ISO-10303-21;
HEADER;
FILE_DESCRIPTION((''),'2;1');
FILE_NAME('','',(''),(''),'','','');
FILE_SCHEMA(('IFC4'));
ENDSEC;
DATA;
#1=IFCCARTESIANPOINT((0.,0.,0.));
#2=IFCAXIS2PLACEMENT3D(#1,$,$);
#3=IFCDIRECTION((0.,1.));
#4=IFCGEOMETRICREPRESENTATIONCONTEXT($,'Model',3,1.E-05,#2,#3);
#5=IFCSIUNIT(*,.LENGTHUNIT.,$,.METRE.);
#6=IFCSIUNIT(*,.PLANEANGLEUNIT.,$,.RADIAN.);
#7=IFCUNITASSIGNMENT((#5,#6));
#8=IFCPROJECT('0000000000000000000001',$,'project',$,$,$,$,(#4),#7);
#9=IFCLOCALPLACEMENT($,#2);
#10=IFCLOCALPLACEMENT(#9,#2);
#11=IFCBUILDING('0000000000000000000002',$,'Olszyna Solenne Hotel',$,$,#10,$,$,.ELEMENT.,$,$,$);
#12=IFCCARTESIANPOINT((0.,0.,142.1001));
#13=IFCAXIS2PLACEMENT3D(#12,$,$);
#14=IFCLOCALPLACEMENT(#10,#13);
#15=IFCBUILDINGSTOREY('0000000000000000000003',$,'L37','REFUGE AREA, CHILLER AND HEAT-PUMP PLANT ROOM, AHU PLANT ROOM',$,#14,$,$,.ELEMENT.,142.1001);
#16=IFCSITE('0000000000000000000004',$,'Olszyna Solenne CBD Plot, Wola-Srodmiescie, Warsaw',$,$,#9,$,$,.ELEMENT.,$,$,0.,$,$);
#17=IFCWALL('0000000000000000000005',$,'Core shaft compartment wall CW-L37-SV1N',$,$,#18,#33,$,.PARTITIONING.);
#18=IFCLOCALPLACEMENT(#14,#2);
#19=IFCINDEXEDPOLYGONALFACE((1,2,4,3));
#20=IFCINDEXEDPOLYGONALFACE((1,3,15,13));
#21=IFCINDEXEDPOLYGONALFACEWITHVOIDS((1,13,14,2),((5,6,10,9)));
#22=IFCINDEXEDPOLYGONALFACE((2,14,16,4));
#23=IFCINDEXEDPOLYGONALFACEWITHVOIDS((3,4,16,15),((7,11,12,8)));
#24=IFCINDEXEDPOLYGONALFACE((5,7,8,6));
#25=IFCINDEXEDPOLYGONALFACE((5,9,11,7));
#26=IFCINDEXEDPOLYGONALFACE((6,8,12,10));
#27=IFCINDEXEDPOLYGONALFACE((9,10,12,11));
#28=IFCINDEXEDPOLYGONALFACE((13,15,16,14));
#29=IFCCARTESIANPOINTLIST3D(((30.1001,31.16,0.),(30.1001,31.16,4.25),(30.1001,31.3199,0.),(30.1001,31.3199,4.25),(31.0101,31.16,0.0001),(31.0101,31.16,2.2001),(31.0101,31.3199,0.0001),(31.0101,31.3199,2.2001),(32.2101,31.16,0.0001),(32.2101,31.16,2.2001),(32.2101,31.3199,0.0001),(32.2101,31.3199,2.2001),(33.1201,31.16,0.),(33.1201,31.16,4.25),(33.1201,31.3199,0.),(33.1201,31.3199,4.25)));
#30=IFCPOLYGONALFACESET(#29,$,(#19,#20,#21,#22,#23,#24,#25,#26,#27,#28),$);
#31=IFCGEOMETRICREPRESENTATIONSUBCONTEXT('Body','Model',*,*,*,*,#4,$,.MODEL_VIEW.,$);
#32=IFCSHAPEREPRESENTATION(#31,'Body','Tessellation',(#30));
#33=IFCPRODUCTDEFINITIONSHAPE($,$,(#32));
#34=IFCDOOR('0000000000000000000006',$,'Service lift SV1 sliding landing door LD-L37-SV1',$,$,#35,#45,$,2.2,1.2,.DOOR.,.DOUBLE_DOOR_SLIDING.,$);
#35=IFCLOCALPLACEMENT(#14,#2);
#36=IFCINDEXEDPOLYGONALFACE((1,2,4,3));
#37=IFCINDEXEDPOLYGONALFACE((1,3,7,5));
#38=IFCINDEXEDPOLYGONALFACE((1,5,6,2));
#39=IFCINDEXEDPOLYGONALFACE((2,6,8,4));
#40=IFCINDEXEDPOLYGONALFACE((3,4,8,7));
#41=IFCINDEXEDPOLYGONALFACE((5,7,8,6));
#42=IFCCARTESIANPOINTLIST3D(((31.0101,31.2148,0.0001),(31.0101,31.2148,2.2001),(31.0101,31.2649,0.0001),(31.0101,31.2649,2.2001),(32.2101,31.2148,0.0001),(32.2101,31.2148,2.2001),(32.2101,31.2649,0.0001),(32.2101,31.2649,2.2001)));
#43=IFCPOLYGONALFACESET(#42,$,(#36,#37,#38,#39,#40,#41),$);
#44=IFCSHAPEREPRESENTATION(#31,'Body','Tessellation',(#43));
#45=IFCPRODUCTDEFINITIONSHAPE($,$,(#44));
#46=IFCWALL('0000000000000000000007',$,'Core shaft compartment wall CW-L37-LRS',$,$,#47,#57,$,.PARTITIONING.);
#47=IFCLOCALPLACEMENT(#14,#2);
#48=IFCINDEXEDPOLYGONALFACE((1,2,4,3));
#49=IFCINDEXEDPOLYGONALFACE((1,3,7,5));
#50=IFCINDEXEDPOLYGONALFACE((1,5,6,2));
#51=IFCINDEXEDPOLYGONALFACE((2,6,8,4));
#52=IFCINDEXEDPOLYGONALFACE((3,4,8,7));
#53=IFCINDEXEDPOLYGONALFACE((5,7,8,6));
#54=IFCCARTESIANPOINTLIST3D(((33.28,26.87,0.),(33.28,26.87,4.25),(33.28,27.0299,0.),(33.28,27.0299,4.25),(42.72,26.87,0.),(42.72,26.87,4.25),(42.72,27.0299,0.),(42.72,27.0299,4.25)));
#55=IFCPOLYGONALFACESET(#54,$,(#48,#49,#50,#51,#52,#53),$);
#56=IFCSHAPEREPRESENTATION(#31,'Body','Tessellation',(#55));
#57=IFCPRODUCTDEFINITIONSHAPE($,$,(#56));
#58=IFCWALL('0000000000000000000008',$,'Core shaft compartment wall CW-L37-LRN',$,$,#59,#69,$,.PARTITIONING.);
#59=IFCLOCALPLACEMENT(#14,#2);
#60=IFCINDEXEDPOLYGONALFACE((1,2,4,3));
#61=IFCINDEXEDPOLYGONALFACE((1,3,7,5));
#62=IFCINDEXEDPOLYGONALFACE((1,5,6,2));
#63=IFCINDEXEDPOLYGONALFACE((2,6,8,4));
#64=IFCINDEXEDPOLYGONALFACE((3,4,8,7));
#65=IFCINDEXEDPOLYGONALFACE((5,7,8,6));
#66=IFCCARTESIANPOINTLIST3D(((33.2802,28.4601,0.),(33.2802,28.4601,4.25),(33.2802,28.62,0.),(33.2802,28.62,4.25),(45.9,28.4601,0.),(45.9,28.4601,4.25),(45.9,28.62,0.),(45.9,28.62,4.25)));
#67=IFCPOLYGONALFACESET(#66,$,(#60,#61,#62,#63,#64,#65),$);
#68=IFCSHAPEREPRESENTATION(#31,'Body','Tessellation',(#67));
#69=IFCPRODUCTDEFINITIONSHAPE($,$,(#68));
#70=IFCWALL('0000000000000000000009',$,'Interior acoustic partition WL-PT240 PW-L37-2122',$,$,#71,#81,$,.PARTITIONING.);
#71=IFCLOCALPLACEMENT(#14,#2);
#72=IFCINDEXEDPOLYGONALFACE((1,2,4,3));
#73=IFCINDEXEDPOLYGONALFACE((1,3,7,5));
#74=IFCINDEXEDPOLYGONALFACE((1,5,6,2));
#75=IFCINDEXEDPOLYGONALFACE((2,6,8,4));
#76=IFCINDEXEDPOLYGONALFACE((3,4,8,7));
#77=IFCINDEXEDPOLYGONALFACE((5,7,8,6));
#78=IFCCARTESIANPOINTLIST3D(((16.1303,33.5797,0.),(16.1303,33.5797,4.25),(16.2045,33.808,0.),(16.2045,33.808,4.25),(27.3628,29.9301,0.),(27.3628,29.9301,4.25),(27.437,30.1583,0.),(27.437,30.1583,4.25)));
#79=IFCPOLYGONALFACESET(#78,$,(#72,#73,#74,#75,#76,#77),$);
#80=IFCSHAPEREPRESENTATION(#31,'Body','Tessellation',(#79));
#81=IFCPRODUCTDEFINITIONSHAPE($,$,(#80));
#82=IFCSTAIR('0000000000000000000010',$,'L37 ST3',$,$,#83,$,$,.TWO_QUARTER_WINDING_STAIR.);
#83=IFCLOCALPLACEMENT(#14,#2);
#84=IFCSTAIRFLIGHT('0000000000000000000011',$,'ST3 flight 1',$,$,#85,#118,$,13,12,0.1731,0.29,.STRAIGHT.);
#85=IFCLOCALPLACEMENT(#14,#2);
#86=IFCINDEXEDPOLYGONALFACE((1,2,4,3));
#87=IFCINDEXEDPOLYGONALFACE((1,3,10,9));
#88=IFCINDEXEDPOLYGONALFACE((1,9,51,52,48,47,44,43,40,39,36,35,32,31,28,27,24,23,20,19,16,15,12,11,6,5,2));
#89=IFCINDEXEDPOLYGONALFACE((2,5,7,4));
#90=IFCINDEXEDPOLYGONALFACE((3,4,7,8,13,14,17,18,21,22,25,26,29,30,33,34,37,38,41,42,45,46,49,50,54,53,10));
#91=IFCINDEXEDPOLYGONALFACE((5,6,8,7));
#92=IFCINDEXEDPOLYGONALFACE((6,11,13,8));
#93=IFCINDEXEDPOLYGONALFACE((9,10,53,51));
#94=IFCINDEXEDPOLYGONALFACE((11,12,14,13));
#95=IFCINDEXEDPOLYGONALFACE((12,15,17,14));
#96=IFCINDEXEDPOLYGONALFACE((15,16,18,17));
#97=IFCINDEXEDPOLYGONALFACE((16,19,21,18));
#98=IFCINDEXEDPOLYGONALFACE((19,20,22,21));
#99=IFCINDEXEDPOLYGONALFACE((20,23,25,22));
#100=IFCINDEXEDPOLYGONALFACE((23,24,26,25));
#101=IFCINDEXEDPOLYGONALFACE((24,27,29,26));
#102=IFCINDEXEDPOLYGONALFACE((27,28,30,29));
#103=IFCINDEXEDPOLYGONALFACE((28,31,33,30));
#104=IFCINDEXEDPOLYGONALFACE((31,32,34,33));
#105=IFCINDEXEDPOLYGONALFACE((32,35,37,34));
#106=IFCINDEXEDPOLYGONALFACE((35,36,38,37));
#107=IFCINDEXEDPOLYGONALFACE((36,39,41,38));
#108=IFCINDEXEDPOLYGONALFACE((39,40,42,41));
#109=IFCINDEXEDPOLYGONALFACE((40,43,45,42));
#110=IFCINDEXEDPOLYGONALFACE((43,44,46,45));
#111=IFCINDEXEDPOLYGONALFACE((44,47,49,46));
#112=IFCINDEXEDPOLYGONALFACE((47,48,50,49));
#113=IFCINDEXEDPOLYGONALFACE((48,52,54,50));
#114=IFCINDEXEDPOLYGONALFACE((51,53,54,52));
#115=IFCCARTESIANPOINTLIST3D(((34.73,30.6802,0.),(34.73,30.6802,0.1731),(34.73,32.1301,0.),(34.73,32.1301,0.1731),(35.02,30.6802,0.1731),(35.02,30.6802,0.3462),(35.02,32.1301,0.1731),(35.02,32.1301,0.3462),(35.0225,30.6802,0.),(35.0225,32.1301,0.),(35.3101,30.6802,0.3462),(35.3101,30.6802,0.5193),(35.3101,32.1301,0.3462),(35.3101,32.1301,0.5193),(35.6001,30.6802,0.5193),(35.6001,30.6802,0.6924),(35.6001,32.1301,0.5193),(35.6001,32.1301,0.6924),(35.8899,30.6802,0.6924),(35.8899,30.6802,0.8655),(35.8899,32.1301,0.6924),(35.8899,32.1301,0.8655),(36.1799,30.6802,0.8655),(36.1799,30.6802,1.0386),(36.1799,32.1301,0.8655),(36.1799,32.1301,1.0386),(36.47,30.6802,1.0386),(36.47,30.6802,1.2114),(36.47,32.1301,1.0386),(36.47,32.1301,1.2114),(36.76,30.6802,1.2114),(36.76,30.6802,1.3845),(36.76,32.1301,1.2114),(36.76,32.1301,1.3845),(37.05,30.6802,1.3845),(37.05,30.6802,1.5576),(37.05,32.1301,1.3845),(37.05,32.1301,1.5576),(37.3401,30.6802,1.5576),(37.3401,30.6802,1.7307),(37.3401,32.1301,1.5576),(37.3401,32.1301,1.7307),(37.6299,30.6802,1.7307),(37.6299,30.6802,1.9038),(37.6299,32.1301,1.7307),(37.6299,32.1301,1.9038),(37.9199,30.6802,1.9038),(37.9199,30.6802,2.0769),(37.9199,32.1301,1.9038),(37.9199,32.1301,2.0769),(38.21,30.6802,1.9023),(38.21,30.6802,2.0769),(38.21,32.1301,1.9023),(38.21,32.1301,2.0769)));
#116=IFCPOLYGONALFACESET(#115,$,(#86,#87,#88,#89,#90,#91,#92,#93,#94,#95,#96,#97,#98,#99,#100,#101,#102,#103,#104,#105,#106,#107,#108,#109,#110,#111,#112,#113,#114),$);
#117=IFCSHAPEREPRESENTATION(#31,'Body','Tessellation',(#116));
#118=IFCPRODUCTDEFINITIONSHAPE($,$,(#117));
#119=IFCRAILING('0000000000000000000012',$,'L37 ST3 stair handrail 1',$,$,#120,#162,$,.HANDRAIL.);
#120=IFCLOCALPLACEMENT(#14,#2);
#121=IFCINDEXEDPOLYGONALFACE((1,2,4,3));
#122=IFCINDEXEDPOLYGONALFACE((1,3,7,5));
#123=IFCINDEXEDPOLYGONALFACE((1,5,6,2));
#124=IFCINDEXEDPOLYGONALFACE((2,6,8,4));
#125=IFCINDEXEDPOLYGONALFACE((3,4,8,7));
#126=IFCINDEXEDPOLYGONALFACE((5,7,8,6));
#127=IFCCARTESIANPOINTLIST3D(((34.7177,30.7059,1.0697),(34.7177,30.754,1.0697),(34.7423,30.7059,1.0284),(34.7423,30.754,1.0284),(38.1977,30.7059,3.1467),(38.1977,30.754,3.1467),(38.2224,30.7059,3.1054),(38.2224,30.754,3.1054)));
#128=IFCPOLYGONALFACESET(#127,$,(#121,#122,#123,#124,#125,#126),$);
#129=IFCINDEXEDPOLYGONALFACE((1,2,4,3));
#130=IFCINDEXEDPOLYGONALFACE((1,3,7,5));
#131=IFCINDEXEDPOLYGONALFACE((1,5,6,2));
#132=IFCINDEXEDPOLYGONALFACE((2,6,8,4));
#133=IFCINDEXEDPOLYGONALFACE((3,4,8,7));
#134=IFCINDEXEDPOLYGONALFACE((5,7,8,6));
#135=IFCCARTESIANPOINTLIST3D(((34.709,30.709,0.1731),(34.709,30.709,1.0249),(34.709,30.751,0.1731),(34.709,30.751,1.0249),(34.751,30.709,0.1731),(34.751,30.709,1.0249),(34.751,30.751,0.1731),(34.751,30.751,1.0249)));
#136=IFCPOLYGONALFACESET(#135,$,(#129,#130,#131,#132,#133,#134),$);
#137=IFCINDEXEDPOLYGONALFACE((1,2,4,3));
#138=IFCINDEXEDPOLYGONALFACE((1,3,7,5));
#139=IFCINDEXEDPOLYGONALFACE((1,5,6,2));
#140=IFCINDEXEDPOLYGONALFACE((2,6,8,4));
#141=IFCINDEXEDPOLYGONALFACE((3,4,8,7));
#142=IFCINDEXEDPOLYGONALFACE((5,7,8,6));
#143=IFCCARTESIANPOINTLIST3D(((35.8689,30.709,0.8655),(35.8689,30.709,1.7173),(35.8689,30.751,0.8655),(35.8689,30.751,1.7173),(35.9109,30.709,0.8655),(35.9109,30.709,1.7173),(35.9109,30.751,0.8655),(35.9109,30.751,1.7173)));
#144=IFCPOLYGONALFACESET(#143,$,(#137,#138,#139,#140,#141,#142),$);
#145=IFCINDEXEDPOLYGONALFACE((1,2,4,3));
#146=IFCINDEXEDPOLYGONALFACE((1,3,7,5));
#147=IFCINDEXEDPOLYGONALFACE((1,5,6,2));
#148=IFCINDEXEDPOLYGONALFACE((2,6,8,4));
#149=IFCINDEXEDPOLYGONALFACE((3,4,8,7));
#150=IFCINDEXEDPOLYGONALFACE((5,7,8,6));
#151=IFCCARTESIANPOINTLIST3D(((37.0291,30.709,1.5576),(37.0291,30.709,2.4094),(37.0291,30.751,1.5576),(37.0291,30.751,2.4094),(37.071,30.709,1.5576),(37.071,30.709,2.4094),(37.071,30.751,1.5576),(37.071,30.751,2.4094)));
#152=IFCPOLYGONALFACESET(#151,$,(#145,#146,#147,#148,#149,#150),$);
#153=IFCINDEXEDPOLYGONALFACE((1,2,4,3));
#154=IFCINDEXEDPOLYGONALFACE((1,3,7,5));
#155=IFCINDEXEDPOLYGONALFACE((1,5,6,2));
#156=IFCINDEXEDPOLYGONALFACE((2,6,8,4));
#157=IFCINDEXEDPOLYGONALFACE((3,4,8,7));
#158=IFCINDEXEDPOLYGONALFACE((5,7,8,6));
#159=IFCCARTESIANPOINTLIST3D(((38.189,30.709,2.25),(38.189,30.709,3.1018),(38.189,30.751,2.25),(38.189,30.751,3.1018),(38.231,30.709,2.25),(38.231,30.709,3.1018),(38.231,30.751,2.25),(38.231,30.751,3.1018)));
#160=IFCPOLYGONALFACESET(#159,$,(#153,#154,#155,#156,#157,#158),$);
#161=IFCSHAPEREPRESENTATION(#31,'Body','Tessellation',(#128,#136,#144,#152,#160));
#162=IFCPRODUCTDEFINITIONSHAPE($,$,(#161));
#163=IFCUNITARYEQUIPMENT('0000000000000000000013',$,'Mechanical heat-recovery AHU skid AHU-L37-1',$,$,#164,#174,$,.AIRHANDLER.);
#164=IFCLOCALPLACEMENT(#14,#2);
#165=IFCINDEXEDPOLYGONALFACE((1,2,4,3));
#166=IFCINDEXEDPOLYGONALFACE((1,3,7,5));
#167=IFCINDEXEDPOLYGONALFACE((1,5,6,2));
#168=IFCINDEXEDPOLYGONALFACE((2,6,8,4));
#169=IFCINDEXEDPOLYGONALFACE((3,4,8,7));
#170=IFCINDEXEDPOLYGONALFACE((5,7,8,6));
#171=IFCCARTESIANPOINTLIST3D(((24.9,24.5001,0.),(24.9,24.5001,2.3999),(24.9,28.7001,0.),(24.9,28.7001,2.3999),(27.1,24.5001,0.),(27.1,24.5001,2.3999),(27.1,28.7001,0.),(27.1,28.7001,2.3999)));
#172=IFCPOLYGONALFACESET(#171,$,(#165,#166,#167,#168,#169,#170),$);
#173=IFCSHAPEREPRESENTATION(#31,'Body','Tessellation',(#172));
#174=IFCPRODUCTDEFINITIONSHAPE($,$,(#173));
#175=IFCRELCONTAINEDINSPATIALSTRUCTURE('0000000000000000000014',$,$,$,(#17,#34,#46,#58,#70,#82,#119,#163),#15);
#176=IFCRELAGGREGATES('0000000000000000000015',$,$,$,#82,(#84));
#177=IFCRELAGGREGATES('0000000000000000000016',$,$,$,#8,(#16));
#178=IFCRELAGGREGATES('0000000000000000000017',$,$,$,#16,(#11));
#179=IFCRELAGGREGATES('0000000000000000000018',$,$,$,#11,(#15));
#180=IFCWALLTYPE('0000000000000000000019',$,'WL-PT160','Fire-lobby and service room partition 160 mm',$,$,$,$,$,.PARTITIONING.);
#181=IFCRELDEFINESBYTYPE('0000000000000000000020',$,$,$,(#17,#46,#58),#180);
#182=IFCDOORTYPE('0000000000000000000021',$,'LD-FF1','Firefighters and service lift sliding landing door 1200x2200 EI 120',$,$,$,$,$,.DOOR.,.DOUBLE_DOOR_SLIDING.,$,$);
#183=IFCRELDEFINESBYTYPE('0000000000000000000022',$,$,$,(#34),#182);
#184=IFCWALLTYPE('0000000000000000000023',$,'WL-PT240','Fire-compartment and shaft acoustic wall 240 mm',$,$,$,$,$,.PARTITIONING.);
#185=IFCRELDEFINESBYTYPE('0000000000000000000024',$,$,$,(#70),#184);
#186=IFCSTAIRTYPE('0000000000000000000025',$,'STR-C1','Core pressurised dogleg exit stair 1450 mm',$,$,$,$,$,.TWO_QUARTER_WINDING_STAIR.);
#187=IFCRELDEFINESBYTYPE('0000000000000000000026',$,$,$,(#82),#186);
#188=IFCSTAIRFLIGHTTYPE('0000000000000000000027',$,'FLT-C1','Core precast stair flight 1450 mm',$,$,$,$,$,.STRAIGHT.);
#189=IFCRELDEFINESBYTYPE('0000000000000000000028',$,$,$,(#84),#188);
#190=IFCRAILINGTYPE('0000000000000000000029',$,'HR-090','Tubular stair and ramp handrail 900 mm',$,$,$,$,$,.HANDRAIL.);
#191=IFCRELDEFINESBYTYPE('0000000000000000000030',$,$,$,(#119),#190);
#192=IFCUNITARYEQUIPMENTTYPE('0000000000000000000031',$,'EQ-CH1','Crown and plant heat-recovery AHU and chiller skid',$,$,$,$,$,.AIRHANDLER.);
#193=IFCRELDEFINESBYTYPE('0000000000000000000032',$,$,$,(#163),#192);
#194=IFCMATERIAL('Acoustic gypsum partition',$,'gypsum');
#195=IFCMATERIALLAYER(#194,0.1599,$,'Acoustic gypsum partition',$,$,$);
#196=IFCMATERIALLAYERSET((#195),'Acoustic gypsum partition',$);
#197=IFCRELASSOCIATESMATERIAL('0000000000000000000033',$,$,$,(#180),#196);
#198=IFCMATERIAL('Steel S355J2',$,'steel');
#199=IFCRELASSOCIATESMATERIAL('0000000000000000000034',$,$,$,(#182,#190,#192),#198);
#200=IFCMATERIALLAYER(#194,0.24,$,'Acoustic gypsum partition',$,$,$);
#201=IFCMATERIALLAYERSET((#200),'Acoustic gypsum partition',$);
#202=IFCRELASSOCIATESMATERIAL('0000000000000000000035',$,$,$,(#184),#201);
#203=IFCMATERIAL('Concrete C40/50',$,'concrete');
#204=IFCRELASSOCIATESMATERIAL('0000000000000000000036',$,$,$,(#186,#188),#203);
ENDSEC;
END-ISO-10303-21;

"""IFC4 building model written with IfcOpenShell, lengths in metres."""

from ifc_helpers import new_model, si_unit, direction, frame, frame_2d, origin, origin_2d, place, context, subcontext, project, spatial, polyline, rectangle, outline, extrude, source, transform, mapped, material, layer, layer_set, type_object, type_shapes, element, fill, aggregate, save


model = new_model("IFC4")

# Units and contexts
model_context = context("Model", 3, precision=1e-05, world=origin(), true_north=direction((0.0, 1.0)))
body_context = subcontext(model_context, "Body", "Model", "MODEL_VIEW")
ifc_project = project(units=[si_unit("LENGTHUNIT", "METRE"), si_unit("PLANEANGLEUNIT", "RADIAN")], contexts=[model_context])

# Site, building, storey
site_placement = place(None, origin())
site = spatial("IfcSite", under=ifc_project, at=site_placement, Name="Olszyna Solenne CBD Plot, Wola-Srodmiescie, Warsaw", CompositionType="ELEMENT", RefElevation=0.0)
building_placement = place(site_placement, origin())
building = spatial("IfcBuilding", under=site, at=building_placement, Name="Olszyna Solenne Hotel", CompositionType="ELEMENT")
storey_placement = place(building_placement, frame((0.0, 0.0, 142.1001)))
storey = spatial("IfcBuildingStorey", under=building, at=storey_placement, Name="L37", Description="REFUGE AREA, CHILLER AND HEAT-PUMP PLANT ROOM, AHU PLANT ROOM", CompositionType="ELEMENT", Elevation=142.1001)

# Shared definitions
ifc_material_1 = material(Name="Steel S355J2", Category="steel")

# Shared definitions
ifc_material_2 = material(Name="Acoustic gypsum partition", Category="gypsum")
ifc_layer_1 = layer(ifc_material_2, 0.1599, Name="Acoustic gypsum partition")
ifc_layer_set_1 = layer_set([ifc_layer_1], Name="Acoustic gypsum partition")
wall_type_1 = type_object("IfcWallType", Name="WL-PT160", Description="Fire-lobby and service room partition 160 mm", PredefinedType="PARTITIONING", material=ifc_layer_set_1)

# Wall, opening, door
wall_1_placement = place(storey_placement, frame((30.1001, 31.24, 0.0), z_axis=(0.0, 0.0, 1.0), x_axis=(1.0, 0.0, 0.0)))
wall_1 = element("IfcWall", 1, at=wall_1_placement, inside=storey, type_object=wall_type_1, Name="Core shaft compartment wall CW-L37-SV1N", PredefinedType="PARTITIONING", context=body_context, shape_type="SweptSolid", body=[
    extrude(rectangle(XDim=3.02, YDim=0.1599, at=frame_2d((1.51, 0.0))), origin(), (0.0, 0.0, 1.0), 4.25),
])
opening_placement = place(wall_1_placement, frame((0.9099, 0.0, 0.0)))
opening = element("IfcOpeningElement", 2, at=opening_placement, cuts=wall_1, PredefinedType="OPENING", context=body_context, shape_type="SweptSolid", body=[
    extrude(rectangle(XDim=1.2, YDim=2.2, at=frame_2d((0.6001, 1.1001))), frame((0.0, 0.0898, 0.0), z_axis=(0.0, -1.0, 0.0), x_axis=(1.0, 0.0, 0.0)), (0.0, 0.0, 1.0), 0.1799),
])
door_type = type_object("IfcDoorType", Name="LD-FF1", Description="Firefighters and service lift sliding landing door 1200x2200 EI 120", OperationType="DOUBLE_DOOR_SLIDING", PredefinedType="DOOR", material=ifc_material_1)
shared_shape_1 = source(origin(), body_context, "Body", "SweptSolid", [
    extrude(rectangle(XDim=1.2, YDim=2.2, at=frame_2d((0.6001, 1.1001))), frame((0.0, 0.0249, 0.0), z_axis=(0.0, -1.0, 0.0), x_axis=(1.0, 0.0, 0.0)), (0.0, 0.0, 1.0), 0.05),
])
type_shapes(door_type, [shared_shape_1])
door_placement = place(opening_placement, origin())
door = element("IfcDoor", 3, at=door_placement, inside=storey, type_object=door_type, Name="Service lift SV1 sliding landing door LD-L37-SV1", OperationType="DOUBLE_DOOR_SLIDING", OverallHeight=2.2, OverallWidth=1.2, PredefinedType="DOOR", context=body_context, shape_type="MappedRepresentation", body=[
    mapped(shared_shape_1, transform((0.0, 0.0, 0.0), x_axis=(1.0, 0.0, 0.0), y_axis=(0.0, 1.0, 0.0), z_axis=(0.0, 0.0, 1.0), scale=1.0)),
])
fill(opening, door)

# Walls
wall_2_placement = place(storey_placement, frame((33.28, 26.95, 0.0), z_axis=(0.0, 0.0, 1.0), x_axis=(1.0, 0.0, 0.0)))
element("IfcWall", 4, at=wall_2_placement, inside=storey, type_object=wall_type_1, Name="Core shaft compartment wall CW-L37-LRS", PredefinedType="PARTITIONING", context=body_context, shape_type="SweptSolid", body=[
    extrude(rectangle(XDim=9.4399, YDim=0.1599, at=frame_2d((4.72, 0.0))), origin(), (0.0, 0.0, 1.0), 4.25),
])
wall_3_placement = place(storey_placement, frame((33.28, 28.54, 0.0), z_axis=(0.0, 0.0, 1.0), x_axis=(1.0, 0.0, 0.0)))
element("IfcWall", 5, at=wall_3_placement, inside=storey, type_object=wall_type_1, Name="Core shaft compartment wall CW-L37-LRN", PredefinedType="PARTITIONING", context=body_context, shape_type="SweptSolid", body=[
    extrude(rectangle(XDim=12.6199, YDim=0.1599, at=frame_2d((6.3101, 0.0))), origin(), (0.0, 0.0, 1.0), 4.25),
])
ifc_layer_2 = layer(ifc_material_2, 0.24, Name="Acoustic gypsum partition")
ifc_layer_set_2 = layer_set([ifc_layer_2], Name="Acoustic gypsum partition")
wall_type_2 = type_object("IfcWallType", Name="WL-PT240", Description="Fire-compartment and shaft acoustic wall 240 mm", PredefinedType="PARTITIONING", material=ifc_layer_set_2)
wall_4_placement = place(storey_placement, frame((27.3999, 30.0442, 0.0), z_axis=(0.0, 0.0, 1.0), x_axis=(-0.951056, 0.309019, 0.0)))
element("IfcWall", 6, at=wall_4_placement, inside=storey, type_object=wall_type_2, Name="Interior acoustic partition WL-PT240 PW-L37-2122", PredefinedType="PARTITIONING", context=body_context, shape_type="SweptSolid", body=[
    extrude(rectangle(XDim=11.8105, YDim=0.24, at=frame_2d((5.9053, 0.0))), origin(), (0.0, 0.0, 1.0), 4.25),
])

# Stair, stair flight
ifc_material_3 = material(Name="Concrete C40/50", Category="concrete")
stair_type = type_object("IfcStairType", Name="STR-C1", Description="Core pressurised dogleg exit stair 1450 mm", PredefinedType="TWO_QUARTER_WINDING_STAIR", material=ifc_material_3)
stair_placement = place(storey_placement, origin())
stair = element("IfcStair", 7, at=stair_placement, inside=storey, type_object=stair_type, Name="L37 ST3", PredefinedType="TWO_QUARTER_WINDING_STAIR")
stair_flight_type = type_object("IfcStairFlightType", Name="FLT-C1", Description="Core precast stair flight 1450 mm", PredefinedType="STRAIGHT", material=ifc_material_3)
stair_flight_placement = place(storey_placement, frame((34.73, 31.405, 0.0), z_axis=(0.0, 0.0, 1.0), x_axis=(1.0, 0.0, 0.0)))
stair_flight = element("IfcStairFlight", 8, at=stair_flight_placement, type_object=stair_flight_type, Name="ST3 flight 1", NumberOfRisers=13, NumberOfTreads=12, PredefinedType="STRAIGHT", RiserHeight=0.1731, TreadLength=0.29, context=body_context, shape_type="SweptSolid", body=[
    extrude(outline(polyline([(0.0, 0.0), (0.0, 0.1731), (0.29, 0.1731), (0.29, 0.3462), (0.5801, 0.3462), (0.5801, 0.5193), (0.8701, 0.5193), (0.8701, 0.6924), (1.1599, 0.6924), (1.1599, 0.8655), (1.45, 0.8655), (1.45, 1.0386), (1.74, 1.0386), (1.74, 1.2114), (2.03, 1.2114), (2.03, 1.3845), (2.3201, 1.3845), (2.3201, 1.5576), (2.6101, 1.5576), (2.6101, 1.7307), (2.8999, 1.7307), (2.8999, 1.9038), (3.1899, 1.9038), (3.1899, 2.0769), (3.48, 2.0769), (3.48, 2.25), (3.48, 1.9023), (0.2925, 0.0), (0.0, 0.0)])), frame((0.0, 0.7251, 0.0), z_axis=(0.0, -1.0, 0.0), x_axis=(1.0, 0.0, 0.0)), (0.0, 0.0, 1.0), 1.45),
])
aggregate(stair, [stair_flight])

# Railing
railing_type = type_object("IfcRailingType", Name="HR-090", Description="Tubular stair and ramp handrail 900 mm", PredefinedType="HANDRAIL", material=ifc_material_1)
railing_placement = place(storey_placement, frame((34.73, 30.73, 0.1731)))
element("IfcRailing", 9, at=railing_placement, inside=storey, type_object=railing_type, Name="L37 ST3 stair handrail 1", PredefinedType="HANDRAIL", context=body_context, shape_type="SweptSolid", body=[
    extrude(rectangle(XDim=0.0481, YDim=0.0481, at=origin_2d()), frame((0.0, 0.0, 0.876), z_axis=(0.858697, 0.0, 0.512483), x_axis=(0.0, 1.0, 0.0)), (0.0, 0.0, 1.0), 4.0527),
    extrude(rectangle(XDim=0.042, YDim=0.042, at=origin_2d()), origin(), (0.0, 0.0, 1.0), 0.8518),
    extrude(rectangle(XDim=0.042, YDim=0.042, at=origin_2d()), frame((1.1599, 0.0, 0.6924)), (0.0, 0.0, 1.0), 0.8518),
    extrude(rectangle(XDim=0.042, YDim=0.042, at=origin_2d()), frame((2.3201, 0.0, 1.3845)), (0.0, 0.0, 1.0), 0.8518),
    extrude(rectangle(XDim=0.042, YDim=0.042, at=origin_2d()), frame((3.48, 0.0, 2.0769)), (0.0, 0.0, 1.0), 0.8518),
])

# Unitary equipment
unitary_equipment_type = type_object("IfcUnitaryEquipmentType", Name="EQ-CH1", Description="Crown and plant heat-recovery AHU and chiller skid", PredefinedType="AIRHANDLER", material=ifc_material_1)
shared_shape_2 = source(origin(), body_context, "Body", "SweptSolid", [
    extrude(rectangle(XDim=4.2, YDim=2.2, at=origin_2d()), origin(), (0.0, 0.0, 1.0), 2.3999),
])
unitary_equipment_placement = place(storey_placement, frame((26.0, 26.6001, 0.0), z_axis=(0.0, 0.0, 1.0), x_axis=(0.0, 1.0, 0.0)))
element("IfcUnitaryEquipment", 10, at=unitary_equipment_placement, inside=storey, type_object=unitary_equipment_type, Name="Mechanical heat-recovery AHU skid AHU-L37-1", PredefinedType="AIRHANDLER", context=body_context, shape_type="MappedRepresentation", body=[
    mapped(shared_shape_2, transform((0.0, 0.0, 0.0), x_axis=(1.0, 0.0, 0.0), y_axis=(0.0, 1.0, 0.0), z_axis=(0.0, 0.0, 1.0), scale=1.0)),
])

save(model, "model.ifc")
